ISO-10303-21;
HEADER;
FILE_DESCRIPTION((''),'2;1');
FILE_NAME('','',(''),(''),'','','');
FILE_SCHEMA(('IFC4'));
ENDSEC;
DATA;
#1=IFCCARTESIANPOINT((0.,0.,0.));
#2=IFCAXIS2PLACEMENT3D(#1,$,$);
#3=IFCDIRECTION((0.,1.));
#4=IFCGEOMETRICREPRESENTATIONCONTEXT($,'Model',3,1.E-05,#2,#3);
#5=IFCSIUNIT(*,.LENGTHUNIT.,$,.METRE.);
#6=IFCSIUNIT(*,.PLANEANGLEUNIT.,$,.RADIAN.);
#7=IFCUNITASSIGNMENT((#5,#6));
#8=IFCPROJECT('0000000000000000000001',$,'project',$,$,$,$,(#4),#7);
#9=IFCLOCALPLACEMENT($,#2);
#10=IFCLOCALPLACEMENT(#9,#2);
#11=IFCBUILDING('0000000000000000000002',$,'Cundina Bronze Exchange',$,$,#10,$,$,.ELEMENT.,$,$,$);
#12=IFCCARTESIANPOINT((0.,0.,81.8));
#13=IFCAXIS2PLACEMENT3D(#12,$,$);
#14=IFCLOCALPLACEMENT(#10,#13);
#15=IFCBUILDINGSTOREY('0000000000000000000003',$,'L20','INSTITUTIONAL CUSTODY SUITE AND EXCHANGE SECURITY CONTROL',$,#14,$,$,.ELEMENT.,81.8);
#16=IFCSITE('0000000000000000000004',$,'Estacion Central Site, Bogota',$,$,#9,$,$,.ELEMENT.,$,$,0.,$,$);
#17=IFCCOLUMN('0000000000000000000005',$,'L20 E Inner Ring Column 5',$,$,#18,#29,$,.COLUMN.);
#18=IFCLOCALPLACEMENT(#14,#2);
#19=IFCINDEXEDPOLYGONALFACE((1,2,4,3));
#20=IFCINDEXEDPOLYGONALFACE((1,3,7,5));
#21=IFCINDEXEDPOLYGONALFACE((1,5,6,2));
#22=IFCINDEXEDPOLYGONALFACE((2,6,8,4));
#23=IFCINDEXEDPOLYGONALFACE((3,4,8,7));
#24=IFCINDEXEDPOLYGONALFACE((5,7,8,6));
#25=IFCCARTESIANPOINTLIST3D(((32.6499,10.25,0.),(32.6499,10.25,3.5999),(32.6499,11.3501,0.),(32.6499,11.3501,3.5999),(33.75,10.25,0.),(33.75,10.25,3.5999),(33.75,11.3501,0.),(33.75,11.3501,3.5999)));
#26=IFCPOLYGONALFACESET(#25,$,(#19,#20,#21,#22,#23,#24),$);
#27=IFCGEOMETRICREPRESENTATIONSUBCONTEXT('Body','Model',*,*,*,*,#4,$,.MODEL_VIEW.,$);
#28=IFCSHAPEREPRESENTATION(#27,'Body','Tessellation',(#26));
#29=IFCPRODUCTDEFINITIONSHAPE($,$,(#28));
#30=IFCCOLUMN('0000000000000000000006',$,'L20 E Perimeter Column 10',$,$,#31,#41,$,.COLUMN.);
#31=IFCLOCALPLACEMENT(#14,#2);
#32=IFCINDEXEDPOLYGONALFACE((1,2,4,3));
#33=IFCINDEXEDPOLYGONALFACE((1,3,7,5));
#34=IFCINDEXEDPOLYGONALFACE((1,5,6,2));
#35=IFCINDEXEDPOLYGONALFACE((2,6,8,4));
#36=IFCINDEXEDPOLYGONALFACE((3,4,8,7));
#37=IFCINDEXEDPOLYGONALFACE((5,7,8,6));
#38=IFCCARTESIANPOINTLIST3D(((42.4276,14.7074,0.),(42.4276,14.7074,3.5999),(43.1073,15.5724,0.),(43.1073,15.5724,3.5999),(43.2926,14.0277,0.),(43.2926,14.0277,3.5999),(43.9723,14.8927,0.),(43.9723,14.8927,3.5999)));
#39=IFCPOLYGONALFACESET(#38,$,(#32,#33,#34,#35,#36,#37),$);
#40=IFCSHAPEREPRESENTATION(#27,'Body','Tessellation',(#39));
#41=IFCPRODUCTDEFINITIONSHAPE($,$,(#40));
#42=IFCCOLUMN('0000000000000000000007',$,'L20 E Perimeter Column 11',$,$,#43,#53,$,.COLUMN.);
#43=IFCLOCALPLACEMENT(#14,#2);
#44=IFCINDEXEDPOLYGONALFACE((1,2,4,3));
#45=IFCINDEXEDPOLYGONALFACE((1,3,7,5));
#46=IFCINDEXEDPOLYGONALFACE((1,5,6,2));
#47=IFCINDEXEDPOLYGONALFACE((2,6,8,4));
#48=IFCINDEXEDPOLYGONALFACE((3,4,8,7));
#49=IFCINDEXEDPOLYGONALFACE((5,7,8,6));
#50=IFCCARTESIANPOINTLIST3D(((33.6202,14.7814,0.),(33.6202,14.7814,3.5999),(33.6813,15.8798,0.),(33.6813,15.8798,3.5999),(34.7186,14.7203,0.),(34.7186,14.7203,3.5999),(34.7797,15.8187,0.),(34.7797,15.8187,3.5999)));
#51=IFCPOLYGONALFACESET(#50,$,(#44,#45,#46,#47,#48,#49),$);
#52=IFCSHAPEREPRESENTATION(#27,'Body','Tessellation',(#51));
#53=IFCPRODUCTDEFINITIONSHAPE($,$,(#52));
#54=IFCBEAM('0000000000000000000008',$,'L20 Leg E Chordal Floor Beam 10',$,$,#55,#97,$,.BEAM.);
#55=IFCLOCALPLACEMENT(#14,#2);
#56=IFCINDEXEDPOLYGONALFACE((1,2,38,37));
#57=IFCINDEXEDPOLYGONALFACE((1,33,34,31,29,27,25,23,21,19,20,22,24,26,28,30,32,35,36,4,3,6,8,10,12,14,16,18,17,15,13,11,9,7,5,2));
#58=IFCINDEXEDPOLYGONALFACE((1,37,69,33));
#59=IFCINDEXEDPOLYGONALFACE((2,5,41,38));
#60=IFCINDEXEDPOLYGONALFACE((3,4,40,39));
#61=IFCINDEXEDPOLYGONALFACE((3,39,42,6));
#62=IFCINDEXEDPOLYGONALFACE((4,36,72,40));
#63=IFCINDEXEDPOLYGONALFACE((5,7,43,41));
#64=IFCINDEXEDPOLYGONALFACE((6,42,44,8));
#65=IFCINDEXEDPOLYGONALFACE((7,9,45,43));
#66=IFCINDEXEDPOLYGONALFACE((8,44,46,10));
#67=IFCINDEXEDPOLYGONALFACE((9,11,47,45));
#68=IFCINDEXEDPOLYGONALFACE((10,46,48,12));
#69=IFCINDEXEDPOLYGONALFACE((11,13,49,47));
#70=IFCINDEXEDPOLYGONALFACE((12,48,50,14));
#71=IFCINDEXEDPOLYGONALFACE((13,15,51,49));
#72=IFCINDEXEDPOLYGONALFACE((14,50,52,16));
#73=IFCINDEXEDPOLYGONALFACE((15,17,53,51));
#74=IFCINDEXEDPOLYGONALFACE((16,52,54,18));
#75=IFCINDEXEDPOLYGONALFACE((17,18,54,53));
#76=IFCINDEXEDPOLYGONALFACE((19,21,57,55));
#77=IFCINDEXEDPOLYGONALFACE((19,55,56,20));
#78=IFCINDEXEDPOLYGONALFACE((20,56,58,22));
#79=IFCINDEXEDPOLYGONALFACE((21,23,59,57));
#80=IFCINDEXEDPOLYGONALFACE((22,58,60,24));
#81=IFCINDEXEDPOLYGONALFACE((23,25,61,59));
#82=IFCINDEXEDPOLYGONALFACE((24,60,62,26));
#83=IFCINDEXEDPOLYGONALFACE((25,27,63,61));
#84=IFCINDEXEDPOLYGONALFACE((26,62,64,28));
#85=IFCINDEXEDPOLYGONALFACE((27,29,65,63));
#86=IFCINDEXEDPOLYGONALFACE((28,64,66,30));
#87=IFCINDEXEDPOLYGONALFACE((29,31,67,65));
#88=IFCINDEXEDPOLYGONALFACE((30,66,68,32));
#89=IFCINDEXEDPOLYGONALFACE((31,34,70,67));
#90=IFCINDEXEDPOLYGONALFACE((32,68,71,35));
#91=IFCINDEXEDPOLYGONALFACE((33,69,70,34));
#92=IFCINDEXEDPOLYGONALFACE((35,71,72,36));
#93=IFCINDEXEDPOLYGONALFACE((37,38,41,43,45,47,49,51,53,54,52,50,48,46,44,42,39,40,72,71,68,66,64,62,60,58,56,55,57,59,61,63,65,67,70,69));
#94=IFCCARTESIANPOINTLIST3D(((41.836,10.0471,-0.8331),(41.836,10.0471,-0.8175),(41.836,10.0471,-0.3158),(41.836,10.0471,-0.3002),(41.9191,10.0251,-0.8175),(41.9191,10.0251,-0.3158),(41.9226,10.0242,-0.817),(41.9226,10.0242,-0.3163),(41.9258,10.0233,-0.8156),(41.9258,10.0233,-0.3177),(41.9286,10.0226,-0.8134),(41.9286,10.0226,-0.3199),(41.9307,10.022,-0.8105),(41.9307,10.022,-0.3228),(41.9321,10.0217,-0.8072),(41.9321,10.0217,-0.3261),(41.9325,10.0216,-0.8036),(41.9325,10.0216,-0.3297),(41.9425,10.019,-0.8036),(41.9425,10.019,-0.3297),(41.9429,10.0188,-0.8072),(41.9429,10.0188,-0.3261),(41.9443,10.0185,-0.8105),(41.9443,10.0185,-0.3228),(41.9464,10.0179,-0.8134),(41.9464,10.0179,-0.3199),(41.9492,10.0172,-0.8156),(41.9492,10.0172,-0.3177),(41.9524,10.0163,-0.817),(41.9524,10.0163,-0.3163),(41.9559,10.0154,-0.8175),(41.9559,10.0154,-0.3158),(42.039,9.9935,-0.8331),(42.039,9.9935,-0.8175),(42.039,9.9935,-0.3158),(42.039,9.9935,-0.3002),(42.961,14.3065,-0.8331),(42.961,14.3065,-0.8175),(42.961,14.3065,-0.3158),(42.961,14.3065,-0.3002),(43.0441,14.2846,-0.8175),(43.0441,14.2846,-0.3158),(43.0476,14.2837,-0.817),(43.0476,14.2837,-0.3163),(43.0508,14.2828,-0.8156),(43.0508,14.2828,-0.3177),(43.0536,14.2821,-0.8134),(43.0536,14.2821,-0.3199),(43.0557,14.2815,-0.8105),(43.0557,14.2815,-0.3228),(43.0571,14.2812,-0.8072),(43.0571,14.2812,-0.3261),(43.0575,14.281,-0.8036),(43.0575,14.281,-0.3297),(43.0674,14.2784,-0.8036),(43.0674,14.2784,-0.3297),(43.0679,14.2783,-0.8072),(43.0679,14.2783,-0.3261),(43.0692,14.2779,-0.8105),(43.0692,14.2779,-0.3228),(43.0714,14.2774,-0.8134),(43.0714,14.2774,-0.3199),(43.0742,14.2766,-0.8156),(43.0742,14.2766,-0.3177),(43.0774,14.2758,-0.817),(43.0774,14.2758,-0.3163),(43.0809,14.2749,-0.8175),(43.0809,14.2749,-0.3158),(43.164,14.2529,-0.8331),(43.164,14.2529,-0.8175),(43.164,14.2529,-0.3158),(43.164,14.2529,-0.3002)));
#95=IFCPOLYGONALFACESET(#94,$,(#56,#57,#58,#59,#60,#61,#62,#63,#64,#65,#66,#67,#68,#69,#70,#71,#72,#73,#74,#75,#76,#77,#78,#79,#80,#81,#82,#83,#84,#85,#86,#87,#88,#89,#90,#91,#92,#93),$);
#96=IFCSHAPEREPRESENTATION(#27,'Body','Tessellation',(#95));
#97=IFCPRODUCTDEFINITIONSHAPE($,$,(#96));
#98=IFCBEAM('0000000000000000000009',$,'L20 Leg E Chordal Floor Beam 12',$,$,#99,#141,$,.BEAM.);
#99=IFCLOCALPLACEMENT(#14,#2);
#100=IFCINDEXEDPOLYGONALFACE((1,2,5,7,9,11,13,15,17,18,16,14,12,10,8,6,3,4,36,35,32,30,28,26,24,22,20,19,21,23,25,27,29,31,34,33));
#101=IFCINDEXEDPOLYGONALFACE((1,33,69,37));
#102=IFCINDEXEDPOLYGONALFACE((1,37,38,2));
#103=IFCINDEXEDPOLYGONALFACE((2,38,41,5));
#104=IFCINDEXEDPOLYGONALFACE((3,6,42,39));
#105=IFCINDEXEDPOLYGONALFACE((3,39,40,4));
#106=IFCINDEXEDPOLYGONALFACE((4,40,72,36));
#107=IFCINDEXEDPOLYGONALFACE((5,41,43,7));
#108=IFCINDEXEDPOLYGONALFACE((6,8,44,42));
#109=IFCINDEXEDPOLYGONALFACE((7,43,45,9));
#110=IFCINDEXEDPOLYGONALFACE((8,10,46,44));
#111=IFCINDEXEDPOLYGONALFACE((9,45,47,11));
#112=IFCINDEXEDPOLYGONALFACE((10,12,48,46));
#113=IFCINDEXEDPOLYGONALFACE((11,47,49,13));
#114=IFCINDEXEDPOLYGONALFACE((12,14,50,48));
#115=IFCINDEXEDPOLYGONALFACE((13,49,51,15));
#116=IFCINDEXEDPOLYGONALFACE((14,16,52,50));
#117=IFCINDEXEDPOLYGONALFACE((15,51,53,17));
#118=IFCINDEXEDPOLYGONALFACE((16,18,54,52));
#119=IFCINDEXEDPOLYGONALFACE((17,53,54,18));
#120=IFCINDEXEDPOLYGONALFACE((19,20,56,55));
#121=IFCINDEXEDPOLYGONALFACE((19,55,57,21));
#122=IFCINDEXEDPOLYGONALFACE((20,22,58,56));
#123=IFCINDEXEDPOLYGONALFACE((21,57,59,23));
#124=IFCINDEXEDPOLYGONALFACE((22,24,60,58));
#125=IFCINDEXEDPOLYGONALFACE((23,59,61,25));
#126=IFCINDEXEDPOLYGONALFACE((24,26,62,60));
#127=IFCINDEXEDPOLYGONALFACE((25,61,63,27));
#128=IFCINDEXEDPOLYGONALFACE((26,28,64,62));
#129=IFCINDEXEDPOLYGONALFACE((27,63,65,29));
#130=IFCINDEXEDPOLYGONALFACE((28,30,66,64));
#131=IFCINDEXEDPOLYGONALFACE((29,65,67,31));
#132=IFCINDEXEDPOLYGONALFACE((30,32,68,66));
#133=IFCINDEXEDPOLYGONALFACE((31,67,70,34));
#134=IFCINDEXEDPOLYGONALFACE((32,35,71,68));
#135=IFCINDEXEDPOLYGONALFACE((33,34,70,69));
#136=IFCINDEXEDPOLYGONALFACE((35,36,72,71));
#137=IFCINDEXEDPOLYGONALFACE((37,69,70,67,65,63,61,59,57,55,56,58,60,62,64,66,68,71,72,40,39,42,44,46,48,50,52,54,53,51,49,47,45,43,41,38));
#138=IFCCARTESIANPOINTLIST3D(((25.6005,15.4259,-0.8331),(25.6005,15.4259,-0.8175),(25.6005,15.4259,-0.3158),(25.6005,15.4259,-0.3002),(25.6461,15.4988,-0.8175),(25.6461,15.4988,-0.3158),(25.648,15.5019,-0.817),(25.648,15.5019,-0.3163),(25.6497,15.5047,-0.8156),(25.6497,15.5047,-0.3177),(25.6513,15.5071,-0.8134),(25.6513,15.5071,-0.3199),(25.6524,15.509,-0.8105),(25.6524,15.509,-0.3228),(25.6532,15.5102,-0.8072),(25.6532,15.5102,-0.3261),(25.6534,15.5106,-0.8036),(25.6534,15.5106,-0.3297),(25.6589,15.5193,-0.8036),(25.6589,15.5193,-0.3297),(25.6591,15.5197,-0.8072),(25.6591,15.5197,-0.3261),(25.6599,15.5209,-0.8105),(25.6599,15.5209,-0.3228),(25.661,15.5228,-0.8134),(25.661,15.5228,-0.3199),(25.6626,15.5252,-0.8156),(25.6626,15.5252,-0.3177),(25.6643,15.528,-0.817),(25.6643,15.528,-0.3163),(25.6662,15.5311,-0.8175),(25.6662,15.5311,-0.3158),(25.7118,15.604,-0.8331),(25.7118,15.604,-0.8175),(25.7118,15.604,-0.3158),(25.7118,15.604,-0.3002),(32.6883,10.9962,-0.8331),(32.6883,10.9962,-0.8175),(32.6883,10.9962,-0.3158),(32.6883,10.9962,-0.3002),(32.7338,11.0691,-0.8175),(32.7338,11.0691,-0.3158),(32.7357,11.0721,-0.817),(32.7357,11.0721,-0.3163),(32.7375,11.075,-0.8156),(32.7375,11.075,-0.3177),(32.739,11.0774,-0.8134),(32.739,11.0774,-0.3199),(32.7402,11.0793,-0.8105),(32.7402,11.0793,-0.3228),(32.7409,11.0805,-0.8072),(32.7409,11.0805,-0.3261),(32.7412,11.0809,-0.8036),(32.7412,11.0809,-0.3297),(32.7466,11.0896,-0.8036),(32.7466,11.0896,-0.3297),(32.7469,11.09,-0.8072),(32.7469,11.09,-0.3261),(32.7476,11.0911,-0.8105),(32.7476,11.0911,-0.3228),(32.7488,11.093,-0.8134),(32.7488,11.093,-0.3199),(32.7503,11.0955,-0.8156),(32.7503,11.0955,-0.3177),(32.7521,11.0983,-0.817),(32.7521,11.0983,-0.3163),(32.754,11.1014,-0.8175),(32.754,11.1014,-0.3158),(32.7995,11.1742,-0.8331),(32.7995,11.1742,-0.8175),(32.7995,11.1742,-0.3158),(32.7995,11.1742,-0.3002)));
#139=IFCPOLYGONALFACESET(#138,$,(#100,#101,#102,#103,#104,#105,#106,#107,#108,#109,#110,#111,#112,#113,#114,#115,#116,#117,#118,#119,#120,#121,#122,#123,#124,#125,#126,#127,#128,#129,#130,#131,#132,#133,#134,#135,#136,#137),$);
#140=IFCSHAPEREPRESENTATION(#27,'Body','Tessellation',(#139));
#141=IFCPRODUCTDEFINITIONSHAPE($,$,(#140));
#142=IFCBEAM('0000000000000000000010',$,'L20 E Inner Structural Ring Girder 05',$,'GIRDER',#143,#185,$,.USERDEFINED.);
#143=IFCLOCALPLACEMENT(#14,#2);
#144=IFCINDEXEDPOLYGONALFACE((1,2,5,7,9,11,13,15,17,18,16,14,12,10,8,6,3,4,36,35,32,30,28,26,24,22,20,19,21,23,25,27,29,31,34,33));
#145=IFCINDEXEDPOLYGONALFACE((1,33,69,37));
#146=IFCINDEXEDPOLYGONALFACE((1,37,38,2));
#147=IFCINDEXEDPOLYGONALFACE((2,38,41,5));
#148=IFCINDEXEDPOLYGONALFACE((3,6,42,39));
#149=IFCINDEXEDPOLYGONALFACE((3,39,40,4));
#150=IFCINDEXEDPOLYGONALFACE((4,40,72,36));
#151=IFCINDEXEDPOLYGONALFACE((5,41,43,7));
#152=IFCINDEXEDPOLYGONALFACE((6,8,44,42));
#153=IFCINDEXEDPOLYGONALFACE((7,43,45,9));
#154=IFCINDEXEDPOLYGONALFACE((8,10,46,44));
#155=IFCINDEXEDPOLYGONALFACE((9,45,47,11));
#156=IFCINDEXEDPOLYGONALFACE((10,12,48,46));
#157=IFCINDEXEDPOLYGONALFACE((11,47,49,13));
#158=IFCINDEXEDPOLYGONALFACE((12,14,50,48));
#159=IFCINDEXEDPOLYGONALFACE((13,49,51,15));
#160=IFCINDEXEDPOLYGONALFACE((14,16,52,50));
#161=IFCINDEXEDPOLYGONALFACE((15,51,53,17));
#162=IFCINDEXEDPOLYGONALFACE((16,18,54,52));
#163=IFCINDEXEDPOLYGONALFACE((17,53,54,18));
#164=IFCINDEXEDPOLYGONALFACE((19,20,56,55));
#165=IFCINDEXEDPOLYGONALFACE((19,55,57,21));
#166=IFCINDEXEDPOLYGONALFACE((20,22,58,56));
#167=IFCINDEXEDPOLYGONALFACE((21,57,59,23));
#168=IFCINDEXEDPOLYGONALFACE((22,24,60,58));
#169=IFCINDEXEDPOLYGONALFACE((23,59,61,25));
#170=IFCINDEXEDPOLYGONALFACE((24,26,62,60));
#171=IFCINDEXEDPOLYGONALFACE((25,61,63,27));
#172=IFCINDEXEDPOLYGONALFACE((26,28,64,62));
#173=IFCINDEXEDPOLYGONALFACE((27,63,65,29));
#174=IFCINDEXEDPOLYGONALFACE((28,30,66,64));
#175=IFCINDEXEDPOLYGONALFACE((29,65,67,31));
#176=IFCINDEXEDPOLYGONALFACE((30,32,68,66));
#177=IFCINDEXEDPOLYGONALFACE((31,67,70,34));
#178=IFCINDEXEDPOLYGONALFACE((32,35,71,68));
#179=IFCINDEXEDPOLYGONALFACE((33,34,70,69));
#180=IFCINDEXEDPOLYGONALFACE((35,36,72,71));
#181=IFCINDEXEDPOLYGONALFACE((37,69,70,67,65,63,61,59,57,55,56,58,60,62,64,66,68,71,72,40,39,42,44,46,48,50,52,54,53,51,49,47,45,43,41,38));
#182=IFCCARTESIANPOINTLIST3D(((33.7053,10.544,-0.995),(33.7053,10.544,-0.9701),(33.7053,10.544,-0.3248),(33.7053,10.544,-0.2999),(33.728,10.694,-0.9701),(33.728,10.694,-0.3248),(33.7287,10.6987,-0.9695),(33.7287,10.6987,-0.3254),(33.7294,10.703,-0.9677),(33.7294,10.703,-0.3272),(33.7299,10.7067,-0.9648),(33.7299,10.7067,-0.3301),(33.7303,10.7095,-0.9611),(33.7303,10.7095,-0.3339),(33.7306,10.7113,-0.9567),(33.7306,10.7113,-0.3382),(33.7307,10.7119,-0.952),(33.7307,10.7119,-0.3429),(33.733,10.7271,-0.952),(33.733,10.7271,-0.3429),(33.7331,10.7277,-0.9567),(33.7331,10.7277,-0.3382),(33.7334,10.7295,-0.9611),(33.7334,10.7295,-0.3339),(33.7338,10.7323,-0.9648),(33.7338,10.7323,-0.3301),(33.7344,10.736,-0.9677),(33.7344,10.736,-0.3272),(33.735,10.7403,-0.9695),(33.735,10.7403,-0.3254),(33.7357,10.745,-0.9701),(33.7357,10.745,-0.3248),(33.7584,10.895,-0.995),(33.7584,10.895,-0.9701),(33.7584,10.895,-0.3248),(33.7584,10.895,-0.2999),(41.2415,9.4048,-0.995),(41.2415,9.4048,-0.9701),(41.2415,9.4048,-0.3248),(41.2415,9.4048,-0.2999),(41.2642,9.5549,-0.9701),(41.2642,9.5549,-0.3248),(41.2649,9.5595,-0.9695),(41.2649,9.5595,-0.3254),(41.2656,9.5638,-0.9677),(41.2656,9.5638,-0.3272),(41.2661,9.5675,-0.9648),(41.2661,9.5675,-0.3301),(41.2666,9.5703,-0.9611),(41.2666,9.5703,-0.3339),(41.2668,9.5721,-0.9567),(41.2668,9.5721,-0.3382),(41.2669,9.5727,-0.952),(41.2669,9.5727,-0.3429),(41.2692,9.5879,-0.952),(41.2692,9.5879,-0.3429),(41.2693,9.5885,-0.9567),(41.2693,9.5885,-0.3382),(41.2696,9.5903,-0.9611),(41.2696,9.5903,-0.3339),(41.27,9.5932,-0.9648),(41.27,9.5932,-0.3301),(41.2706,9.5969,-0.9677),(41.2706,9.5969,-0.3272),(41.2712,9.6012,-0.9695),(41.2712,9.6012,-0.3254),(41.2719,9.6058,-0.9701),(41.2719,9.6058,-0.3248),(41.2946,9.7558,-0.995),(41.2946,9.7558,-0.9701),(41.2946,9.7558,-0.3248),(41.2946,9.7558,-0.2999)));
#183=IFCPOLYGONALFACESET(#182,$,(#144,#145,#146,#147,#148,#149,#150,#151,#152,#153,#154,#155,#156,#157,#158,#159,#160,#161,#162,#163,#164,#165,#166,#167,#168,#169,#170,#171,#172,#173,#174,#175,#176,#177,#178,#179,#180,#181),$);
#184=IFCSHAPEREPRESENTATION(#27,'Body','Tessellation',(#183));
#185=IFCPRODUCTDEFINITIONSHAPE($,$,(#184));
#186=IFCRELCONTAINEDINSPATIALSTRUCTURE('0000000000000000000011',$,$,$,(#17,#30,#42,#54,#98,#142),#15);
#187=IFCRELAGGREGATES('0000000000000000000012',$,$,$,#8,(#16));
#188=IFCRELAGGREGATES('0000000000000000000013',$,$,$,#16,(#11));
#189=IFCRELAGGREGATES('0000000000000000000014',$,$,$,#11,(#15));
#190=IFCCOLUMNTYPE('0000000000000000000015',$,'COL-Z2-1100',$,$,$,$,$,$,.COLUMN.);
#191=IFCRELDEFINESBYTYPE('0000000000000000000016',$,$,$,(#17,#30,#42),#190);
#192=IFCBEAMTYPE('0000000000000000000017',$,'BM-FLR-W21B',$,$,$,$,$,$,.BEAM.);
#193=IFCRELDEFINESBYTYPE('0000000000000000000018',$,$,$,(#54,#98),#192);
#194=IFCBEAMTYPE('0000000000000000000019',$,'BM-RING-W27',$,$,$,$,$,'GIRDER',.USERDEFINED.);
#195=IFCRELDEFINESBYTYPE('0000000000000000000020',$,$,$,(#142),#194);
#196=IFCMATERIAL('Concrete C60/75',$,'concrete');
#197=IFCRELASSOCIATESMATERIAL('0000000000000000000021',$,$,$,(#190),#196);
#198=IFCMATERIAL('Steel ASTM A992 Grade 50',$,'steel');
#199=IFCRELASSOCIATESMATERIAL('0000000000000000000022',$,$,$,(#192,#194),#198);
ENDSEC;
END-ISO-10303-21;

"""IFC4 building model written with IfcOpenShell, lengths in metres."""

from ifc_helpers import new_model, si_unit, direction, frame, origin, origin_2d, place, context, subcontext, project, spatial, rectangle, i_section, extrude, material, material_profile, profile_set, type_object, element, save


model = new_model("IFC4")

# Units and contexts
model_context = context("Model", 3, precision=1e-05, world=origin(), true_north=direction((0.0, 1.0)))
body_context = subcontext(model_context, "Body", "Model", "MODEL_VIEW")
ifc_project = project(units=[si_unit("LENGTHUNIT", "METRE"), si_unit("PLANEANGLEUNIT", "RADIAN")], contexts=[model_context])

# Site, building, storey
site_placement = place(None, origin())
site = spatial("IfcSite", under=ifc_project, at=site_placement, Name="Estacion Central Site, Bogota", CompositionType="ELEMENT", RefElevation=0.0)
building_placement = place(site_placement, origin())
building = spatial("IfcBuilding", under=site, at=building_placement, Name="Cundina Bronze Exchange", CompositionType="ELEMENT")
storey_placement = place(building_placement, frame((0.0, 0.0, 81.8)))
storey = spatial("IfcBuildingStorey", under=building, at=storey_placement, Name="L20", Description="INSTITUTIONAL CUSTODY SUITE AND EXCHANGE SECURITY CONTROL", CompositionType="ELEMENT", Elevation=81.8)

# Columns
ifc_material_1 = material(Name="Concrete C60/75", Category="concrete")
ifc_material_profile_1 = material_profile(ifc_material_1, rectangle(XDim=1.1001, YDim=1.1001, at=origin_2d()), Name="RC1100X1100", Category="concrete")
ifc_profile_set_1 = profile_set([ifc_material_profile_1], Name="Concrete C60/75")
column_type = type_object("IfcColumnType", Name="COL-Z2-1100", PredefinedType="COLUMN", material=ifc_profile_set_1)
for number, where, z_axis, x_axis, name in (
    (1, (33.2, 10.8, 0.0), (0.0, 0.0, 1.0), (1.0, 0.0, 0.0), "L20 E Inner Ring Column 5"),
    (2, (43.2, 14.8, 0.0), (0.0, 0.0, 1.0), (-0.786288, 0.61786, 0.0), "L20 E Perimeter Column 10"),
    (3, (34.2, 15.3, 0.0), (0.0, 0.0, 1.0), (-0.99846, 0.055473, 0.0), "L20 E Perimeter Column 11"),
):
    element("IfcColumn", number, at=place(storey_placement, frame(where, z_axis=z_axis, x_axis=x_axis)), inside=storey, type_object=column_type, Name=name, PredefinedType="COLUMN", context=body_context, shape_type="SweptSolid", body=[
        extrude(rectangle(XDim=1.1001, YDim=1.1001, at=origin_2d()), origin(), (0.0, 0.0, 1.0), 3.5999),
    ])

# Beams
ifc_material_2 = material(Name="Steel ASTM A992 Grade 50", Category="steel")
ifc_material_profile_2 = material_profile(ifc_material_2, i_section(OverallWidth=0.21, OverallDepth=0.533, WebThickness=0.0103, FlangeThickness=0.0156, FilletRadius=0.0139, at=origin_2d()), Name="W21X62", Category="steel")
ifc_profile_set_2 = profile_set([ifc_material_profile_2], Name="Steel ASTM A992 Grade 50")
beam_type_1 = type_object("IfcBeamType", Name="BM-FLR-W21B", PredefinedType="BEAM", material=ifc_profile_set_2)
beam_1_placement = place(storey_placement, frame((41.9375, 10.0203, -0.5667), z_axis=(0.255358, 0.966847, 0.0), x_axis=(-0.966847, 0.255358, 0.0)))
element("IfcBeam", 4, at=beam_1_placement, inside=storey, type_object=beam_type_1, Name="L20 Leg E Chordal Floor Beam 10", PredefinedType="BEAM", context=body_context, shape_type="SweptSolid", body=[
    extrude(i_section(OverallWidth=0.21, OverallDepth=0.533, WebThickness=0.0103, FlangeThickness=0.0156, FilletRadius=0.0139, at=origin_2d()), origin(), (0.0, 0.0, 1.0), 4.4055),
])
beam_2_placement = place(storey_placement, frame((32.7439, 11.0852, -0.5667), z_axis=(-0.848003, 0.529991, 0.0), x_axis=(-0.529991, -0.848003, 0.0)))
element("IfcBeam", 5, at=beam_2_placement, inside=storey, type_object=beam_type_1, Name="L20 Leg E Chordal Floor Beam 12", PredefinedType="BEAM", context=body_context, shape_type="SweptSolid", body=[
    extrude(i_section(OverallWidth=0.21, OverallDepth=0.533, WebThickness=0.0103, FlangeThickness=0.0156, FilletRadius=0.0139, at=origin_2d()), origin(), (0.0, 0.0, 1.0), 8.3582),
])
ifc_material_profile_3 = material_profile(ifc_material_2, i_section(OverallWidth=0.355, OverallDepth=0.6951, WebThickness=0.0154, FlangeThickness=0.0249, FilletRadius=0.0181, at=origin_2d()), Name="W27X146", Category="steel")
ifc_profile_set_3 = profile_set([ifc_material_profile_3], Name="Steel ASTM A992 Grade 50")
beam_type_2 = type_object("IfcBeamType", Name="BM-RING-W27", ElementType="GIRDER", PredefinedType="USERDEFINED", material=ifc_profile_set_3)
beam_3_placement = place(storey_placement, frame((41.2681, 9.5803, -0.6475), z_axis=(-0.988767, 0.149462, 0.0), x_axis=(-0.149462, -0.988767, 0.0)))
element("IfcBeam", 6, at=beam_3_placement, inside=storey, type_object=beam_type_2, Name="L20 E Inner Structural Ring Girder 05", ObjectType="GIRDER", PredefinedType="USERDEFINED", context=body_context, shape_type="SweptSolid", body=[
    extrude(i_section(OverallWidth=0.355, OverallDepth=0.6951, WebThickness=0.0154, FlangeThickness=0.0249, FilletRadius=0.0181, at=origin_2d()), origin(), (0.0, 0.0, 1.0), 7.6218),
])

save(model, "model.ifc")
